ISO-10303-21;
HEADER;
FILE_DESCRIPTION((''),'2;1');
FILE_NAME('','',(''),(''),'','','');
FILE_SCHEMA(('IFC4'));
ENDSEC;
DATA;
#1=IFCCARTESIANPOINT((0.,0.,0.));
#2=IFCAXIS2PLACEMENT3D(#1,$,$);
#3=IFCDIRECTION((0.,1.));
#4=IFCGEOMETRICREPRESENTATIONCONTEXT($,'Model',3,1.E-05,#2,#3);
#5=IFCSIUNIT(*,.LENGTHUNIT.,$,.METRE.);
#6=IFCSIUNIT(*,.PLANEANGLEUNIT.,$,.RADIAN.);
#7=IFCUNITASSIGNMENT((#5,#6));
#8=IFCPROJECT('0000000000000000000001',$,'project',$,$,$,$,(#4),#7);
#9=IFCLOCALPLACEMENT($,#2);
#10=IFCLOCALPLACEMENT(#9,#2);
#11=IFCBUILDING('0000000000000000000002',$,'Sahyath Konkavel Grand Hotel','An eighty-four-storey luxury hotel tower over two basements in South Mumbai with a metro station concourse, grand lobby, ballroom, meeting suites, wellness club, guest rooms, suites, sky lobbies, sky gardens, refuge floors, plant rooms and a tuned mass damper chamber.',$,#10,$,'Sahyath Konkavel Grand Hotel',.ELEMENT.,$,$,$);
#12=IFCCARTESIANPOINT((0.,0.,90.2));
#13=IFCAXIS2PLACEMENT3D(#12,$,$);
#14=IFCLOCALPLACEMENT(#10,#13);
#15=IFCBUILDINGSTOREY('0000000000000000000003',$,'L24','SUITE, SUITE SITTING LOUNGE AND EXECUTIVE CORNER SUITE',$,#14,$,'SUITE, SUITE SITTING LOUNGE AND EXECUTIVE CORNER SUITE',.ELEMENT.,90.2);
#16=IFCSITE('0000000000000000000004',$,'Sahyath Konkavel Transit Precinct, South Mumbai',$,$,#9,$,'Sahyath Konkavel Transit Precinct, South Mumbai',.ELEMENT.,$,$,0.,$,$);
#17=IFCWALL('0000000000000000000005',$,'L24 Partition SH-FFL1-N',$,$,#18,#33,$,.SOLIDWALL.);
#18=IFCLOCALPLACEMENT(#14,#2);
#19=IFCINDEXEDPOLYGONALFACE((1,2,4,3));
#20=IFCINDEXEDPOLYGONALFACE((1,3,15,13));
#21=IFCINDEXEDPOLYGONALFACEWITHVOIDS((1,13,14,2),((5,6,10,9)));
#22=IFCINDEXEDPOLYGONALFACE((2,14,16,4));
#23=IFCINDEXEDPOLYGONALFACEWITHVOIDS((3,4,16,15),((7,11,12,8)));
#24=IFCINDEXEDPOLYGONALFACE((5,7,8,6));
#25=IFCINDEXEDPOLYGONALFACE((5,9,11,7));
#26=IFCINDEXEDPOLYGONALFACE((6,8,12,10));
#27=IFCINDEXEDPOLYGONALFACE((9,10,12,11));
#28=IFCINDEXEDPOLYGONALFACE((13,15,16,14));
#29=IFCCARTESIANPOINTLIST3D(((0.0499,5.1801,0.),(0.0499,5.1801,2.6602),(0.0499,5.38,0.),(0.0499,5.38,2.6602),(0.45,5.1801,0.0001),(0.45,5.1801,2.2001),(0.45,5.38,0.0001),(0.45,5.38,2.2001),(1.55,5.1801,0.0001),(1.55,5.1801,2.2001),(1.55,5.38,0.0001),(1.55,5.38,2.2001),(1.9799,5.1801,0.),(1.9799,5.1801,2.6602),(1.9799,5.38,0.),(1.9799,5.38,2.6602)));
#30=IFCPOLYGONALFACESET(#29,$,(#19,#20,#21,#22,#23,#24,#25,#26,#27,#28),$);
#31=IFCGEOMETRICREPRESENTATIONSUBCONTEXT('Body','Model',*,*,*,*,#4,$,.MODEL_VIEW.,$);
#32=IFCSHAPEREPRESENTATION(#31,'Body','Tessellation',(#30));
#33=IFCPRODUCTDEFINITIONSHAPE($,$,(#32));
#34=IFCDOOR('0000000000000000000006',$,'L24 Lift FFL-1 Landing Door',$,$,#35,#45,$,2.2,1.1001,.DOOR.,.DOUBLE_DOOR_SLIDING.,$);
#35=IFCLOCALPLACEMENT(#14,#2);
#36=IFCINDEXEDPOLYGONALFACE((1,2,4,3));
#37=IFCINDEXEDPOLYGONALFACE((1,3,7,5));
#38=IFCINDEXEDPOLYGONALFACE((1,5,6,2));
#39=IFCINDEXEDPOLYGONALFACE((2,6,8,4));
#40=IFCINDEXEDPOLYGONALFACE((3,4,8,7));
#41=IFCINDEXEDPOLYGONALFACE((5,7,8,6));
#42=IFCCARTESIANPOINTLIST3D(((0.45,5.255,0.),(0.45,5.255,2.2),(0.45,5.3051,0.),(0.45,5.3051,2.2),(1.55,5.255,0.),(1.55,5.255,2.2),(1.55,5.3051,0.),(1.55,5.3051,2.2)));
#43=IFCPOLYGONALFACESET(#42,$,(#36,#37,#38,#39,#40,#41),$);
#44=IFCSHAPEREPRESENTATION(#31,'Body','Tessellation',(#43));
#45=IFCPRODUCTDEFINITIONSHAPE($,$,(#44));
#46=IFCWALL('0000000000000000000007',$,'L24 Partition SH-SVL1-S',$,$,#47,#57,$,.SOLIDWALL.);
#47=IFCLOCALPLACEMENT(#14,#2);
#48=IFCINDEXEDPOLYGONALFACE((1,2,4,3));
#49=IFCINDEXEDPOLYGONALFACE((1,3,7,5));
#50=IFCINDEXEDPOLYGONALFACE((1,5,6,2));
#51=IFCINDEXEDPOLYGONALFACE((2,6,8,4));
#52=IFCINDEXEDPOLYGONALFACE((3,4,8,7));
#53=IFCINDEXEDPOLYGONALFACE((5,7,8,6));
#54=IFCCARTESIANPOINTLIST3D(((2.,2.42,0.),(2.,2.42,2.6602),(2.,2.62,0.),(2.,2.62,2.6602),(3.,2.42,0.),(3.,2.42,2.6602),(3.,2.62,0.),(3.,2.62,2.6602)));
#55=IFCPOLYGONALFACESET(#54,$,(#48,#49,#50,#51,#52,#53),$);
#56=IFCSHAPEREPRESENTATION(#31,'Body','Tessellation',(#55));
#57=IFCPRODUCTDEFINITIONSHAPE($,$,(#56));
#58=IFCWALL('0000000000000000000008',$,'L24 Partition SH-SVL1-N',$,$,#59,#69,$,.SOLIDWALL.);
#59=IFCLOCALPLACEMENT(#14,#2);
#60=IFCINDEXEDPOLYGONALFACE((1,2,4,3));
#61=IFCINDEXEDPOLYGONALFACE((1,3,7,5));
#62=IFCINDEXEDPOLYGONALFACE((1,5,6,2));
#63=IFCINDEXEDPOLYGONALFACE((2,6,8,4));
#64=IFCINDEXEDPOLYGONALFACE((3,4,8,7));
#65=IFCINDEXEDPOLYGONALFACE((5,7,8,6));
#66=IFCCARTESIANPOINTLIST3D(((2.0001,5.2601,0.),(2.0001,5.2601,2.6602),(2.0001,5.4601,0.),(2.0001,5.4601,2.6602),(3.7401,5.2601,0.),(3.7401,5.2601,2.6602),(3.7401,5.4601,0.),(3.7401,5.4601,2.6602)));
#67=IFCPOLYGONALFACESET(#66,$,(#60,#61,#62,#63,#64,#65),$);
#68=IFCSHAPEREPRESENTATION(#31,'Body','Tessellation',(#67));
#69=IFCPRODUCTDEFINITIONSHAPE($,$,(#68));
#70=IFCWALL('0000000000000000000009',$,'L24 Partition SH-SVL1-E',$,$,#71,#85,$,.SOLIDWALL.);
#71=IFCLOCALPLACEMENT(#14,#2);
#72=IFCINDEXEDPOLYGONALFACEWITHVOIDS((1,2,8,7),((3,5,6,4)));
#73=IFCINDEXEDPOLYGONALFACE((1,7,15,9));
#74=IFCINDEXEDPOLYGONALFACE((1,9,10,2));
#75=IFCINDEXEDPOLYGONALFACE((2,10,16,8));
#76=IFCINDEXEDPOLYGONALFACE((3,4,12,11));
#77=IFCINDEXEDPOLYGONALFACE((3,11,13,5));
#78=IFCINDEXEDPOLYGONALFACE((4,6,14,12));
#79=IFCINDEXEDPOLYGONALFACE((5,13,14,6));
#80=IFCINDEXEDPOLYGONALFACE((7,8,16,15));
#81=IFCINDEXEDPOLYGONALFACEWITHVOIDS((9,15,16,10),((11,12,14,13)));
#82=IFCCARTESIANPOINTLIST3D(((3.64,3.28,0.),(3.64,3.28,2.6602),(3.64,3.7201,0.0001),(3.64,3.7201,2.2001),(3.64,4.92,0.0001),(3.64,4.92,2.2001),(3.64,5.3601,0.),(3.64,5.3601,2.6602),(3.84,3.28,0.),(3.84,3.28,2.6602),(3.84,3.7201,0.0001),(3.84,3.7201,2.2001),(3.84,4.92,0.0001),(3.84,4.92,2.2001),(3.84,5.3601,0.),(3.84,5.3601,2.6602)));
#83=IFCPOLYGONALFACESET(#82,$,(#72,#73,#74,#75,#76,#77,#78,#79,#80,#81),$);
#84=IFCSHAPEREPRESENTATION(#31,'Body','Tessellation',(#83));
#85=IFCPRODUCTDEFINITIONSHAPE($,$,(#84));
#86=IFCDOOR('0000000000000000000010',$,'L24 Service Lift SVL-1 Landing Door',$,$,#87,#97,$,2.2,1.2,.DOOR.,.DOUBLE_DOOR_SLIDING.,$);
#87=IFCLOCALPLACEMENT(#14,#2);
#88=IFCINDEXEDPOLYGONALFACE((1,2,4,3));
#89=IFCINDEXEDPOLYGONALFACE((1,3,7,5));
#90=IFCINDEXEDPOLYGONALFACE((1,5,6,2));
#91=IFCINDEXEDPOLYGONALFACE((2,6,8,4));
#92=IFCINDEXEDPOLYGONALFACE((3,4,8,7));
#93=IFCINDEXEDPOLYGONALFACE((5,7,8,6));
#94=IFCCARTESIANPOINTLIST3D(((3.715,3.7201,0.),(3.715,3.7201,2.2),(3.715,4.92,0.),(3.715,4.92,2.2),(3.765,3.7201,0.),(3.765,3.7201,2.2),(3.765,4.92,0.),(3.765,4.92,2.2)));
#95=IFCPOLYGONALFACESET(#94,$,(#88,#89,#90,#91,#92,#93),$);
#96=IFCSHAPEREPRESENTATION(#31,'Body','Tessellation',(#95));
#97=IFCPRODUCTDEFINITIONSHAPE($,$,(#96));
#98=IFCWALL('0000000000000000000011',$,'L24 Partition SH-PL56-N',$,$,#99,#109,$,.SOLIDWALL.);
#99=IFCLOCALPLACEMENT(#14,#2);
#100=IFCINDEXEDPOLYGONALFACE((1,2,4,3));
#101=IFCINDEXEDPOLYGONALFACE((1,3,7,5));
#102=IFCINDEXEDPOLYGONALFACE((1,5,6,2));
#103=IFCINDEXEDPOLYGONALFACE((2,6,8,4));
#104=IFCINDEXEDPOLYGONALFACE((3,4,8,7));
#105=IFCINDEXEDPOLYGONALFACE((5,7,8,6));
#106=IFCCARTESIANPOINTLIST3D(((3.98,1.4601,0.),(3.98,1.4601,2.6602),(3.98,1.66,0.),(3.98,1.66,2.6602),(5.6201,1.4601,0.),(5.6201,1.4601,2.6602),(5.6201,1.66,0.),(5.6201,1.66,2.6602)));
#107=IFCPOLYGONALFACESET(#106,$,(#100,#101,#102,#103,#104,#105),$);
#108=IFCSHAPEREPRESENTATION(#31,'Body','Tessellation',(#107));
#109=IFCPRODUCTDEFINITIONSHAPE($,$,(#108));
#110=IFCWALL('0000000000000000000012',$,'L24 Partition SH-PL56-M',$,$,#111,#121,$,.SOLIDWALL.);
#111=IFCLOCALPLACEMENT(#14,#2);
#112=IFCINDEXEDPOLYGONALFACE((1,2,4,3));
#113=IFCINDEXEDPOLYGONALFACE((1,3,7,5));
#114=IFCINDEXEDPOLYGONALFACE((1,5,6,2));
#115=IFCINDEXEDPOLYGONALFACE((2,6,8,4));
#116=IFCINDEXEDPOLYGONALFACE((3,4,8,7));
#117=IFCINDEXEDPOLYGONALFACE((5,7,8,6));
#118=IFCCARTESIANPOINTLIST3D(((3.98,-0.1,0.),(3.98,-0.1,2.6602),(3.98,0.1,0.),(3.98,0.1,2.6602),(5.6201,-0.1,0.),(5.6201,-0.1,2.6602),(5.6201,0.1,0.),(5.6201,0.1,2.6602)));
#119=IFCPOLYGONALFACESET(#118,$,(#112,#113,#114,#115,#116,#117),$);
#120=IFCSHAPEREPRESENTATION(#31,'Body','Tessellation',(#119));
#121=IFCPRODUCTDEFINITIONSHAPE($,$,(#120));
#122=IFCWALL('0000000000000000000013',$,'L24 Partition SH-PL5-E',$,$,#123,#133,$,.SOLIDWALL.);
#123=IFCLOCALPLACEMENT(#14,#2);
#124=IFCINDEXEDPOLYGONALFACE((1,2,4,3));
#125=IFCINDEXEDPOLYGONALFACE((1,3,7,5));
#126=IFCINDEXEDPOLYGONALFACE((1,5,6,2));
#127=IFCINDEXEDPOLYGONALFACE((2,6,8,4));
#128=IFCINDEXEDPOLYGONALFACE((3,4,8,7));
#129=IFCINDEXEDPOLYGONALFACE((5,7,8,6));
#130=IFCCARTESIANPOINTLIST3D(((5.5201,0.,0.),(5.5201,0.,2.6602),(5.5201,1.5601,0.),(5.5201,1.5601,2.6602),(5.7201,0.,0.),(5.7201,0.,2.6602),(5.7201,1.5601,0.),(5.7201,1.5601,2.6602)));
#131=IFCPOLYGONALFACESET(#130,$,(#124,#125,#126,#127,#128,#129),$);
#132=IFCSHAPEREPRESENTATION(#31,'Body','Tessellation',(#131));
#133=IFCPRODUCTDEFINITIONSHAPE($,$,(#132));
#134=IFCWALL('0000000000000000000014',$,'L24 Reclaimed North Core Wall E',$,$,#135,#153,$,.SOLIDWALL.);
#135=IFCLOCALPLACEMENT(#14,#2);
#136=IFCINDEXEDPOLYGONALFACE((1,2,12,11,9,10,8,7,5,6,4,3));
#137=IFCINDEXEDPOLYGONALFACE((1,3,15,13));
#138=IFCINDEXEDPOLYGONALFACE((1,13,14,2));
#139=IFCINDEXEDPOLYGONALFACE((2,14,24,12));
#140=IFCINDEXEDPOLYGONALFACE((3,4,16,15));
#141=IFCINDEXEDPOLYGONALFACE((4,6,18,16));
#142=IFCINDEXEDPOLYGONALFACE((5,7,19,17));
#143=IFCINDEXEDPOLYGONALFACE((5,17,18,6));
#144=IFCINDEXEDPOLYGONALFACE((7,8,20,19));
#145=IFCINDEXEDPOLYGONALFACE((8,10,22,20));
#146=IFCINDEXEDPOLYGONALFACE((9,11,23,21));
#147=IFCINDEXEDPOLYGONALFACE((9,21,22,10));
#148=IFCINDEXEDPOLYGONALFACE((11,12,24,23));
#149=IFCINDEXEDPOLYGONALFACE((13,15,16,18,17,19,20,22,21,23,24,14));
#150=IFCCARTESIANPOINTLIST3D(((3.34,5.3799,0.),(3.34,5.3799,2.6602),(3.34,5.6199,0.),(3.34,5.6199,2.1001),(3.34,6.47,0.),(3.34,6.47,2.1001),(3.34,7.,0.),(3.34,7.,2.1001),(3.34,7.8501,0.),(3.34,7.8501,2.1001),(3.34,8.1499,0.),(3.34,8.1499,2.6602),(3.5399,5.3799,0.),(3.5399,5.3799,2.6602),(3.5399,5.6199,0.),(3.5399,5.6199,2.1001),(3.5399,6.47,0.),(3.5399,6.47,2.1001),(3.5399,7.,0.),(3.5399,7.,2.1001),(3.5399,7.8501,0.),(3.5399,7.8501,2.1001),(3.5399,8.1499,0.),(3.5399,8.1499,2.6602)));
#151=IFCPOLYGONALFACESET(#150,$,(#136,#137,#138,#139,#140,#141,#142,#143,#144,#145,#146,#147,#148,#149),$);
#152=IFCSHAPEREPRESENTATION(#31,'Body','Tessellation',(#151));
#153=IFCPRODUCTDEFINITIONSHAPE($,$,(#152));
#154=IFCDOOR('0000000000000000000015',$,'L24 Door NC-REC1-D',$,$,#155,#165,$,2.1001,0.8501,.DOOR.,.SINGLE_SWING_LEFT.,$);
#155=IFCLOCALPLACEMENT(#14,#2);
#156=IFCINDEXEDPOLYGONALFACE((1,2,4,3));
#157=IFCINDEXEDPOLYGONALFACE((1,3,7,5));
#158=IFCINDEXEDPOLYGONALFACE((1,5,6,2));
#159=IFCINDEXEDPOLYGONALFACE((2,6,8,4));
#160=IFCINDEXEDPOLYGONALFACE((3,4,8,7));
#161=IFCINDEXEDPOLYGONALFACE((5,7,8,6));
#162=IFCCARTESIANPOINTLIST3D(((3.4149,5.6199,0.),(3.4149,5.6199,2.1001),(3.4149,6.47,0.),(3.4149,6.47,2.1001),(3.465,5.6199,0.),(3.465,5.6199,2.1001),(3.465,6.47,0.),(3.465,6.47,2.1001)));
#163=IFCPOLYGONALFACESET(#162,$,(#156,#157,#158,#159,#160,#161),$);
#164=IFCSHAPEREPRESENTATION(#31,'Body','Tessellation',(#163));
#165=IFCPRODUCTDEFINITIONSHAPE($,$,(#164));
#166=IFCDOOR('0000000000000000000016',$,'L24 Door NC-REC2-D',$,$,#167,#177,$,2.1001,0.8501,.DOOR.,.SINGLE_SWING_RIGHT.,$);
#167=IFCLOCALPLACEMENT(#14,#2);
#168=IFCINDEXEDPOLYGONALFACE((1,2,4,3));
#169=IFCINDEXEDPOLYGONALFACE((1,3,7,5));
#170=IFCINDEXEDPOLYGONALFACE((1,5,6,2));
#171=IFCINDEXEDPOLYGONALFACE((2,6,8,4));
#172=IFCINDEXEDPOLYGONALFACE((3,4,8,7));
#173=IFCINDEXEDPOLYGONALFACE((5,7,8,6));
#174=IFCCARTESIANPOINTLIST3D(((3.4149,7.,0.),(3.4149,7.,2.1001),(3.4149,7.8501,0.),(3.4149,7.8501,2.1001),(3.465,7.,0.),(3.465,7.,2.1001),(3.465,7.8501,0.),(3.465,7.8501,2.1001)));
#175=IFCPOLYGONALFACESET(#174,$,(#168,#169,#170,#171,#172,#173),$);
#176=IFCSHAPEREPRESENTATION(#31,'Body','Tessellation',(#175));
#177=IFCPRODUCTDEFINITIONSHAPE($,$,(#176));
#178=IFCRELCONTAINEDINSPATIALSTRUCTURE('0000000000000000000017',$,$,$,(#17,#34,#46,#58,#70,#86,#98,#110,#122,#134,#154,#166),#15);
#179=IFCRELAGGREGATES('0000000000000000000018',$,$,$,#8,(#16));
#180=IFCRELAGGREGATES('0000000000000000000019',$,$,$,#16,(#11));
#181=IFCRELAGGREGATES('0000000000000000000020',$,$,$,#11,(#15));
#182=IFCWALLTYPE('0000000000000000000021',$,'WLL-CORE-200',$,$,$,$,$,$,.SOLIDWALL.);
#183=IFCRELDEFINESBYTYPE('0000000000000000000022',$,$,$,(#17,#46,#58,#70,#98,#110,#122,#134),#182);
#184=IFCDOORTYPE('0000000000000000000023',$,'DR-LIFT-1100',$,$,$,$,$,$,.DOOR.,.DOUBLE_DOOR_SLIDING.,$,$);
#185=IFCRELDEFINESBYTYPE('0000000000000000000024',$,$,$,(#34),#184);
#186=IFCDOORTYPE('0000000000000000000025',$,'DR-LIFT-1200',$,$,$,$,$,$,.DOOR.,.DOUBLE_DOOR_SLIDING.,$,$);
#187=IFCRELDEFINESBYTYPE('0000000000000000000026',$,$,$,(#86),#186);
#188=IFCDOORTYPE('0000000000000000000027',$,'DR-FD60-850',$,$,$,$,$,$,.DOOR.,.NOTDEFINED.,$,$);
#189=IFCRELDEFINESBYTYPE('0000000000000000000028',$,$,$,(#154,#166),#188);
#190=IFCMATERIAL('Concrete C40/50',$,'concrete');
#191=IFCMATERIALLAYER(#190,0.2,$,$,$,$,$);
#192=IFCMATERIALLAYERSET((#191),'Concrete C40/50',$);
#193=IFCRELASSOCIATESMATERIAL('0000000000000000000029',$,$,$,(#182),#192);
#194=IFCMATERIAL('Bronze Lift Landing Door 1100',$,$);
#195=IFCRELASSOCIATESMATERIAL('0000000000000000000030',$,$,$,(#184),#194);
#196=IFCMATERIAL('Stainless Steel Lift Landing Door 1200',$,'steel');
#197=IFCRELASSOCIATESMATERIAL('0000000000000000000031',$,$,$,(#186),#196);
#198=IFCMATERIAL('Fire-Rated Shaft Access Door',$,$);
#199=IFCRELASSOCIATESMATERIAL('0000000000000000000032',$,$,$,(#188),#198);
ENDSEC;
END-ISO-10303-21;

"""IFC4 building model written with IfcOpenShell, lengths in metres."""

from ifc_helpers import new_model, si_unit, direction, frame, frame_2d, origin, origin_2d, place, context, subcontext, project, spatial, rectangle, extrude, source, transform, mapped, material, layer, layer_set, type_object, element, fill, save


model = new_model("IFC4")

# Units and contexts
model_context = context("Model", 3, precision=1e-05, world=origin(), true_north=direction((0.0, 1.0)))
body_context = subcontext(model_context, "Body", "Model", "MODEL_VIEW")
ifc_project = project(units=[si_unit("LENGTHUNIT", "METRE"), si_unit("PLANEANGLEUNIT", "RADIAN")], contexts=[model_context])

# Site, building, storey
site_placement = place(None, origin())
site = spatial("IfcSite", under=ifc_project, at=site_placement, Name="Sahyath Konkavel Transit Precinct, South Mumbai", LongName="Sahyath Konkavel Transit Precinct, South Mumbai", CompositionType="ELEMENT", RefElevation=0.0)
building_placement = place(site_placement, origin())
building = spatial("IfcBuilding", under=site, at=building_placement, Name="Sahyath Konkavel Grand Hotel", Description="An eighty-four-storey luxury hotel tower over two basements in South Mumbai with a metro station concourse, grand lobby, ballroom, meeting suites, wellness club, guest rooms, suites, sky lobbies, sky gardens, refuge floors, plant rooms and a tuned mass damper chamber.", LongName="Sahyath Konkavel Grand Hotel", CompositionType="ELEMENT")
storey_placement = place(building_placement, frame((0.0, 0.0, 90.2)))
storey = spatial("IfcBuildingStorey", under=building, at=storey_placement, Name="L24", Description="SUITE, SUITE SITTING LOUNGE AND EXECUTIVE CORNER SUITE", LongName="SUITE, SUITE SITTING LOUNGE AND EXECUTIVE CORNER SUITE", CompositionType="ELEMENT", Elevation=90.2)

# Shared definitions
ifc_material_1 = material(Name="Concrete C40/50", Category="concrete")

# Shared definitions
ifc_layer_1 = layer(ifc_material_1, 0.2)
ifc_layer_set_1 = layer_set([ifc_layer_1], Name="Concrete C40/50")
wall_type_1 = type_object("IfcWallType", Name="WLL-CORE-200", PredefinedType="SOLIDWALL", material=ifc_layer_set_1)
shared_shape_1 = source(origin(), body_context, "Body", "SweptSolid", [
    extrude(rectangle(XDim=0.8501, YDim=0.05, at=origin_2d()), origin(), (0.0, 0.0, 1.0), 2.1001),
])

# Wall, opening, door
wall_1_placement = place(storey_placement, frame((0.05, 5.28, 0.0), z_axis=(0.0, 0.0, 1.0), x_axis=(1.0, 0.0, 0.0)))
wall_1 = element("IfcWall", 1, at=wall_1_placement, inside=storey, type_object=wall_type_1, Name="L24 Partition SH-FFL1-N", PredefinedType="SOLIDWALL", context=body_context, shape_type="SweptSolid", body=[
    extrude(rectangle(XDim=1.9299, YDim=0.2, at=frame_2d((0.9648, 0.0))), origin(), (0.0, 0.0, 1.0), 2.6602),
])
opening_1_placement = place(wall_1_placement, frame((0.3999, 0.0, 0.0)))
opening_1 = element("IfcOpeningElement", 2, at=opening_1_placement, cuts=wall_1, PredefinedType="OPENING", context=body_context, shape_type="SweptSolid", body=[
    extrude(rectangle(XDim=1.1001, YDim=2.2, at=frame_2d((0.55, 1.1001))), frame((0.0, 0.1099, 0.0), z_axis=(0.0, -1.0, 0.0), x_axis=(1.0, 0.0, 0.0)), (0.0, 0.0, 1.0), 0.22),
])
ifc_material_2 = material(Name="Bronze Lift Landing Door 1100")
door_type_1 = type_object("IfcDoorType", Name="DR-LIFT-1100", OperationType="DOUBLE_DOOR_SLIDING", PredefinedType="DOOR", material=ifc_material_2)
shared_shape_2 = source(origin(), body_context, "Body", "SweptSolid", [
    extrude(rectangle(XDim=1.1001, YDim=0.05, at=origin_2d()), origin(), (0.0, 0.0, 1.0), 2.2),
])
door_1_placement = place(opening_1_placement, frame((0.55, 0.0, 0.0)))
door_1 = element("IfcDoor", 3, at=door_1_placement, inside=storey, type_object=door_type_1, Name="L24 Lift FFL-1 Landing Door", OperationType="DOUBLE_DOOR_SLIDING", OverallHeight=2.2, OverallWidth=1.1001, PredefinedType="DOOR", context=body_context, shape_type="MappedRepresentation", body=[
    mapped(shared_shape_2, transform((0.0, 0.0, 0.0), scale=1.0)),
])
fill(opening_1, door_1)

# Walls
wall_2_placement = place(storey_placement, frame((2.0, 2.52, 0.0), z_axis=(0.0, 0.0, 1.0), x_axis=(1.0, 0.0, 0.0)))
element("IfcWall", 4, at=wall_2_placement, inside=storey, type_object=wall_type_1, Name="L24 Partition SH-SVL1-S", PredefinedType="SOLIDWALL", context=body_context, shape_type="SweptSolid", body=[
    extrude(rectangle(XDim=1.0, YDim=0.2, at=frame_2d((0.5, 0.0))), origin(), (0.0, 0.0, 1.0), 2.6602),
])
wall_3_placement = place(storey_placement, frame((2.0, 5.3601, 0.0), z_axis=(0.0, 0.0, 1.0), x_axis=(1.0, 0.0, 0.0)))
element("IfcWall", 5, at=wall_3_placement, inside=storey, type_object=wall_type_1, Name="L24 Partition SH-SVL1-N", PredefinedType="SOLIDWALL", context=body_context, shape_type="SweptSolid", body=[
    extrude(rectangle(XDim=1.74, YDim=0.2, at=frame_2d((0.8701, 0.0))), origin(), (0.0, 0.0, 1.0), 2.6602),
])

# Wall, opening, door
wall_4_placement = place(storey_placement, frame((3.74, 3.28, 0.0), z_axis=(0.0, 0.0, 1.0), x_axis=(0.0, 1.0, 0.0)))
wall_4 = element("IfcWall", 6, at=wall_4_placement, inside=storey, type_object=wall_type_1, Name="L24 Partition SH-SVL1-E", PredefinedType="SOLIDWALL", context=body_context, shape_type="SweptSolid", body=[
    extrude(rectangle(XDim=2.0801, YDim=0.2, at=frame_2d((1.04, 0.0))), origin(), (0.0, 0.0, 1.0), 2.6602),
])
opening_2_placement = place(wall_4_placement, frame((0.4399, 0.0, 0.0)))
opening_2 = element("IfcOpeningElement", 7, at=opening_2_placement, cuts=wall_4, PredefinedType="OPENING", context=body_context, shape_type="SweptSolid", body=[
    extrude(rectangle(XDim=1.2, YDim=2.2, at=frame_2d((0.6001, 1.1001))), frame((0.0, 0.1099, 0.0), z_axis=(0.0, -1.0, 0.0), x_axis=(1.0, 0.0, 0.0)), (0.0, 0.0, 1.0), 0.22),
])
ifc_material_3 = material(Name="Stainless Steel Lift Landing Door 1200", Category="steel")
door_type_2 = type_object("IfcDoorType", Name="DR-LIFT-1200", OperationType="DOUBLE_DOOR_SLIDING", PredefinedType="DOOR", material=ifc_material_3)
shared_shape_3 = source(origin(), body_context, "Body", "SweptSolid", [
    extrude(rectangle(XDim=1.2, YDim=0.05, at=origin_2d()), origin(), (0.0, 0.0, 1.0), 2.2),
])
door_2_placement = place(opening_2_placement, frame((0.6001, 0.0, 0.0)))
door_2 = element("IfcDoor", 8, at=door_2_placement, inside=storey, type_object=door_type_2, Name="L24 Service Lift SVL-1 Landing Door", OperationType="DOUBLE_DOOR_SLIDING", OverallHeight=2.2, OverallWidth=1.2, PredefinedType="DOOR", context=body_context, shape_type="MappedRepresentation", body=[
    mapped(shared_shape_3, transform((0.0, 0.0, 0.0), scale=1.0)),
])
fill(opening_2, door_2)

# Walls
for number, where, z_axis, x_axis, name in (
    (9, (3.98, 1.5601, 0.0), (0.0, 0.0, 1.0), (1.0, 0.0, 0.0), "L24 Partition SH-PL56-N"),
    (10, (3.98, 0.0, 0.0), (0.0, 0.0, 1.0), (1.0, 0.0, 0.0), "L24 Partition SH-PL56-M"),
):
    element("IfcWall", number, at=place(storey_placement, frame(where, z_axis=z_axis, x_axis=x_axis)), inside=storey, type_object=wall_type_1, Name=name, PredefinedType="SOLIDWALL", context=body_context, shape_type="SweptSolid", body=[
        extrude(rectangle(XDim=1.6401, YDim=0.2, at=frame_2d((0.8201, 0.0))), origin(), (0.0, 0.0, 1.0), 2.6602),
    ])
wall_5_placement = place(storey_placement, frame((5.6201, 0.0, 0.0), z_axis=(0.0, 0.0, 1.0), x_axis=(0.0, 1.0, 0.0)))
element("IfcWall", 11, at=wall_5_placement, inside=storey, type_object=wall_type_1, Name="L24 Partition SH-PL5-E", PredefinedType="SOLIDWALL", context=body_context, shape_type="SweptSolid", body=[
    extrude(rectangle(XDim=1.5601, YDim=0.2, at=frame_2d((0.78, 0.0))), origin(), (0.0, 0.0, 1.0), 2.6602),
])

# Wall, openings, doors
wall_6_placement = place(storey_placement, frame((3.4399, 5.3799, 0.0), z_axis=(0.0, 0.0, 1.0), x_axis=(0.0, 1.0, 0.0)))
wall_6 = element("IfcWall", 12, at=wall_6_placement, inside=storey, type_object=wall_type_1, Name="L24 Reclaimed North Core Wall E", PredefinedType="SOLIDWALL", context=body_context, shape_type="SweptSolid", body=[
    extrude(rectangle(XDim=2.77, YDim=0.2, at=frame_2d((1.385, 0.0))), origin(), (0.0, 0.0, 1.0), 2.6602),
])
opening_3_placement = place(wall_6_placement, frame((0.24, 0.0, 0.0)))
opening_3 = element("IfcOpeningElement", 13, at=opening_3_placement, cuts=wall_6, PredefinedType="OPENING", context=body_context, shape_type="SweptSolid", body=[
    extrude(rectangle(XDim=0.8501, YDim=2.1001, at=frame_2d((0.425, 1.05))), frame((0.0, 0.1099, 0.0), z_axis=(0.0, -1.0, 0.0), x_axis=(1.0, 0.0, 0.0)), (0.0, 0.0, 1.0), 0.22),
])
opening_4_placement = place(wall_6_placement, frame((1.6201, 0.0, 0.0)))
opening_4 = element("IfcOpeningElement", 14, at=opening_4_placement, cuts=wall_6, PredefinedType="OPENING", context=body_context, shape_type="SweptSolid", body=[
    extrude(rectangle(XDim=0.8501, YDim=2.1001, at=frame_2d((0.425, 1.05))), frame((0.0, 0.1099, 0.0), z_axis=(0.0, -1.0, 0.0), x_axis=(1.0, 0.0, 0.0)), (0.0, 0.0, 1.0), 0.22),
])
ifc_material_4 = material(Name="Fire-Rated Shaft Access Door")
door_type_3 = type_object("IfcDoorType", Name="DR-FD60-850", OperationType="NOTDEFINED", PredefinedType="DOOR", material=ifc_material_4)
door_3_placement = place(opening_3_placement, frame((0.425, 0.0, 0.0)))
door_3 = element("IfcDoor", 15, at=door_3_placement, inside=storey, type_object=door_type_3, Name="L24 Door NC-REC1-D", OperationType="SINGLE_SWING_LEFT", OverallHeight=2.1001, OverallWidth=0.8501, PredefinedType="DOOR", context=body_context, shape_type="MappedRepresentation", body=[
    mapped(shared_shape_1, transform((0.0, 0.0, 0.0), scale=1.0)),
])
fill(opening_3, door_3)
door_4_placement = place(opening_4_placement, frame((0.425, 0.0, 0.0)))
door_4 = element("IfcDoor", 16, at=door_4_placement, inside=storey, type_object=door_type_3, Name="L24 Door NC-REC2-D", OperationType="SINGLE_SWING_RIGHT", OverallHeight=2.1001, OverallWidth=0.8501, PredefinedType="DOOR", context=body_context, shape_type="MappedRepresentation", body=[
    mapped(shared_shape_1, transform((0.0, 0.0, 0.0), scale=1.0)),
])
fill(opening_4, door_4)

save(model, "model.ifc")
